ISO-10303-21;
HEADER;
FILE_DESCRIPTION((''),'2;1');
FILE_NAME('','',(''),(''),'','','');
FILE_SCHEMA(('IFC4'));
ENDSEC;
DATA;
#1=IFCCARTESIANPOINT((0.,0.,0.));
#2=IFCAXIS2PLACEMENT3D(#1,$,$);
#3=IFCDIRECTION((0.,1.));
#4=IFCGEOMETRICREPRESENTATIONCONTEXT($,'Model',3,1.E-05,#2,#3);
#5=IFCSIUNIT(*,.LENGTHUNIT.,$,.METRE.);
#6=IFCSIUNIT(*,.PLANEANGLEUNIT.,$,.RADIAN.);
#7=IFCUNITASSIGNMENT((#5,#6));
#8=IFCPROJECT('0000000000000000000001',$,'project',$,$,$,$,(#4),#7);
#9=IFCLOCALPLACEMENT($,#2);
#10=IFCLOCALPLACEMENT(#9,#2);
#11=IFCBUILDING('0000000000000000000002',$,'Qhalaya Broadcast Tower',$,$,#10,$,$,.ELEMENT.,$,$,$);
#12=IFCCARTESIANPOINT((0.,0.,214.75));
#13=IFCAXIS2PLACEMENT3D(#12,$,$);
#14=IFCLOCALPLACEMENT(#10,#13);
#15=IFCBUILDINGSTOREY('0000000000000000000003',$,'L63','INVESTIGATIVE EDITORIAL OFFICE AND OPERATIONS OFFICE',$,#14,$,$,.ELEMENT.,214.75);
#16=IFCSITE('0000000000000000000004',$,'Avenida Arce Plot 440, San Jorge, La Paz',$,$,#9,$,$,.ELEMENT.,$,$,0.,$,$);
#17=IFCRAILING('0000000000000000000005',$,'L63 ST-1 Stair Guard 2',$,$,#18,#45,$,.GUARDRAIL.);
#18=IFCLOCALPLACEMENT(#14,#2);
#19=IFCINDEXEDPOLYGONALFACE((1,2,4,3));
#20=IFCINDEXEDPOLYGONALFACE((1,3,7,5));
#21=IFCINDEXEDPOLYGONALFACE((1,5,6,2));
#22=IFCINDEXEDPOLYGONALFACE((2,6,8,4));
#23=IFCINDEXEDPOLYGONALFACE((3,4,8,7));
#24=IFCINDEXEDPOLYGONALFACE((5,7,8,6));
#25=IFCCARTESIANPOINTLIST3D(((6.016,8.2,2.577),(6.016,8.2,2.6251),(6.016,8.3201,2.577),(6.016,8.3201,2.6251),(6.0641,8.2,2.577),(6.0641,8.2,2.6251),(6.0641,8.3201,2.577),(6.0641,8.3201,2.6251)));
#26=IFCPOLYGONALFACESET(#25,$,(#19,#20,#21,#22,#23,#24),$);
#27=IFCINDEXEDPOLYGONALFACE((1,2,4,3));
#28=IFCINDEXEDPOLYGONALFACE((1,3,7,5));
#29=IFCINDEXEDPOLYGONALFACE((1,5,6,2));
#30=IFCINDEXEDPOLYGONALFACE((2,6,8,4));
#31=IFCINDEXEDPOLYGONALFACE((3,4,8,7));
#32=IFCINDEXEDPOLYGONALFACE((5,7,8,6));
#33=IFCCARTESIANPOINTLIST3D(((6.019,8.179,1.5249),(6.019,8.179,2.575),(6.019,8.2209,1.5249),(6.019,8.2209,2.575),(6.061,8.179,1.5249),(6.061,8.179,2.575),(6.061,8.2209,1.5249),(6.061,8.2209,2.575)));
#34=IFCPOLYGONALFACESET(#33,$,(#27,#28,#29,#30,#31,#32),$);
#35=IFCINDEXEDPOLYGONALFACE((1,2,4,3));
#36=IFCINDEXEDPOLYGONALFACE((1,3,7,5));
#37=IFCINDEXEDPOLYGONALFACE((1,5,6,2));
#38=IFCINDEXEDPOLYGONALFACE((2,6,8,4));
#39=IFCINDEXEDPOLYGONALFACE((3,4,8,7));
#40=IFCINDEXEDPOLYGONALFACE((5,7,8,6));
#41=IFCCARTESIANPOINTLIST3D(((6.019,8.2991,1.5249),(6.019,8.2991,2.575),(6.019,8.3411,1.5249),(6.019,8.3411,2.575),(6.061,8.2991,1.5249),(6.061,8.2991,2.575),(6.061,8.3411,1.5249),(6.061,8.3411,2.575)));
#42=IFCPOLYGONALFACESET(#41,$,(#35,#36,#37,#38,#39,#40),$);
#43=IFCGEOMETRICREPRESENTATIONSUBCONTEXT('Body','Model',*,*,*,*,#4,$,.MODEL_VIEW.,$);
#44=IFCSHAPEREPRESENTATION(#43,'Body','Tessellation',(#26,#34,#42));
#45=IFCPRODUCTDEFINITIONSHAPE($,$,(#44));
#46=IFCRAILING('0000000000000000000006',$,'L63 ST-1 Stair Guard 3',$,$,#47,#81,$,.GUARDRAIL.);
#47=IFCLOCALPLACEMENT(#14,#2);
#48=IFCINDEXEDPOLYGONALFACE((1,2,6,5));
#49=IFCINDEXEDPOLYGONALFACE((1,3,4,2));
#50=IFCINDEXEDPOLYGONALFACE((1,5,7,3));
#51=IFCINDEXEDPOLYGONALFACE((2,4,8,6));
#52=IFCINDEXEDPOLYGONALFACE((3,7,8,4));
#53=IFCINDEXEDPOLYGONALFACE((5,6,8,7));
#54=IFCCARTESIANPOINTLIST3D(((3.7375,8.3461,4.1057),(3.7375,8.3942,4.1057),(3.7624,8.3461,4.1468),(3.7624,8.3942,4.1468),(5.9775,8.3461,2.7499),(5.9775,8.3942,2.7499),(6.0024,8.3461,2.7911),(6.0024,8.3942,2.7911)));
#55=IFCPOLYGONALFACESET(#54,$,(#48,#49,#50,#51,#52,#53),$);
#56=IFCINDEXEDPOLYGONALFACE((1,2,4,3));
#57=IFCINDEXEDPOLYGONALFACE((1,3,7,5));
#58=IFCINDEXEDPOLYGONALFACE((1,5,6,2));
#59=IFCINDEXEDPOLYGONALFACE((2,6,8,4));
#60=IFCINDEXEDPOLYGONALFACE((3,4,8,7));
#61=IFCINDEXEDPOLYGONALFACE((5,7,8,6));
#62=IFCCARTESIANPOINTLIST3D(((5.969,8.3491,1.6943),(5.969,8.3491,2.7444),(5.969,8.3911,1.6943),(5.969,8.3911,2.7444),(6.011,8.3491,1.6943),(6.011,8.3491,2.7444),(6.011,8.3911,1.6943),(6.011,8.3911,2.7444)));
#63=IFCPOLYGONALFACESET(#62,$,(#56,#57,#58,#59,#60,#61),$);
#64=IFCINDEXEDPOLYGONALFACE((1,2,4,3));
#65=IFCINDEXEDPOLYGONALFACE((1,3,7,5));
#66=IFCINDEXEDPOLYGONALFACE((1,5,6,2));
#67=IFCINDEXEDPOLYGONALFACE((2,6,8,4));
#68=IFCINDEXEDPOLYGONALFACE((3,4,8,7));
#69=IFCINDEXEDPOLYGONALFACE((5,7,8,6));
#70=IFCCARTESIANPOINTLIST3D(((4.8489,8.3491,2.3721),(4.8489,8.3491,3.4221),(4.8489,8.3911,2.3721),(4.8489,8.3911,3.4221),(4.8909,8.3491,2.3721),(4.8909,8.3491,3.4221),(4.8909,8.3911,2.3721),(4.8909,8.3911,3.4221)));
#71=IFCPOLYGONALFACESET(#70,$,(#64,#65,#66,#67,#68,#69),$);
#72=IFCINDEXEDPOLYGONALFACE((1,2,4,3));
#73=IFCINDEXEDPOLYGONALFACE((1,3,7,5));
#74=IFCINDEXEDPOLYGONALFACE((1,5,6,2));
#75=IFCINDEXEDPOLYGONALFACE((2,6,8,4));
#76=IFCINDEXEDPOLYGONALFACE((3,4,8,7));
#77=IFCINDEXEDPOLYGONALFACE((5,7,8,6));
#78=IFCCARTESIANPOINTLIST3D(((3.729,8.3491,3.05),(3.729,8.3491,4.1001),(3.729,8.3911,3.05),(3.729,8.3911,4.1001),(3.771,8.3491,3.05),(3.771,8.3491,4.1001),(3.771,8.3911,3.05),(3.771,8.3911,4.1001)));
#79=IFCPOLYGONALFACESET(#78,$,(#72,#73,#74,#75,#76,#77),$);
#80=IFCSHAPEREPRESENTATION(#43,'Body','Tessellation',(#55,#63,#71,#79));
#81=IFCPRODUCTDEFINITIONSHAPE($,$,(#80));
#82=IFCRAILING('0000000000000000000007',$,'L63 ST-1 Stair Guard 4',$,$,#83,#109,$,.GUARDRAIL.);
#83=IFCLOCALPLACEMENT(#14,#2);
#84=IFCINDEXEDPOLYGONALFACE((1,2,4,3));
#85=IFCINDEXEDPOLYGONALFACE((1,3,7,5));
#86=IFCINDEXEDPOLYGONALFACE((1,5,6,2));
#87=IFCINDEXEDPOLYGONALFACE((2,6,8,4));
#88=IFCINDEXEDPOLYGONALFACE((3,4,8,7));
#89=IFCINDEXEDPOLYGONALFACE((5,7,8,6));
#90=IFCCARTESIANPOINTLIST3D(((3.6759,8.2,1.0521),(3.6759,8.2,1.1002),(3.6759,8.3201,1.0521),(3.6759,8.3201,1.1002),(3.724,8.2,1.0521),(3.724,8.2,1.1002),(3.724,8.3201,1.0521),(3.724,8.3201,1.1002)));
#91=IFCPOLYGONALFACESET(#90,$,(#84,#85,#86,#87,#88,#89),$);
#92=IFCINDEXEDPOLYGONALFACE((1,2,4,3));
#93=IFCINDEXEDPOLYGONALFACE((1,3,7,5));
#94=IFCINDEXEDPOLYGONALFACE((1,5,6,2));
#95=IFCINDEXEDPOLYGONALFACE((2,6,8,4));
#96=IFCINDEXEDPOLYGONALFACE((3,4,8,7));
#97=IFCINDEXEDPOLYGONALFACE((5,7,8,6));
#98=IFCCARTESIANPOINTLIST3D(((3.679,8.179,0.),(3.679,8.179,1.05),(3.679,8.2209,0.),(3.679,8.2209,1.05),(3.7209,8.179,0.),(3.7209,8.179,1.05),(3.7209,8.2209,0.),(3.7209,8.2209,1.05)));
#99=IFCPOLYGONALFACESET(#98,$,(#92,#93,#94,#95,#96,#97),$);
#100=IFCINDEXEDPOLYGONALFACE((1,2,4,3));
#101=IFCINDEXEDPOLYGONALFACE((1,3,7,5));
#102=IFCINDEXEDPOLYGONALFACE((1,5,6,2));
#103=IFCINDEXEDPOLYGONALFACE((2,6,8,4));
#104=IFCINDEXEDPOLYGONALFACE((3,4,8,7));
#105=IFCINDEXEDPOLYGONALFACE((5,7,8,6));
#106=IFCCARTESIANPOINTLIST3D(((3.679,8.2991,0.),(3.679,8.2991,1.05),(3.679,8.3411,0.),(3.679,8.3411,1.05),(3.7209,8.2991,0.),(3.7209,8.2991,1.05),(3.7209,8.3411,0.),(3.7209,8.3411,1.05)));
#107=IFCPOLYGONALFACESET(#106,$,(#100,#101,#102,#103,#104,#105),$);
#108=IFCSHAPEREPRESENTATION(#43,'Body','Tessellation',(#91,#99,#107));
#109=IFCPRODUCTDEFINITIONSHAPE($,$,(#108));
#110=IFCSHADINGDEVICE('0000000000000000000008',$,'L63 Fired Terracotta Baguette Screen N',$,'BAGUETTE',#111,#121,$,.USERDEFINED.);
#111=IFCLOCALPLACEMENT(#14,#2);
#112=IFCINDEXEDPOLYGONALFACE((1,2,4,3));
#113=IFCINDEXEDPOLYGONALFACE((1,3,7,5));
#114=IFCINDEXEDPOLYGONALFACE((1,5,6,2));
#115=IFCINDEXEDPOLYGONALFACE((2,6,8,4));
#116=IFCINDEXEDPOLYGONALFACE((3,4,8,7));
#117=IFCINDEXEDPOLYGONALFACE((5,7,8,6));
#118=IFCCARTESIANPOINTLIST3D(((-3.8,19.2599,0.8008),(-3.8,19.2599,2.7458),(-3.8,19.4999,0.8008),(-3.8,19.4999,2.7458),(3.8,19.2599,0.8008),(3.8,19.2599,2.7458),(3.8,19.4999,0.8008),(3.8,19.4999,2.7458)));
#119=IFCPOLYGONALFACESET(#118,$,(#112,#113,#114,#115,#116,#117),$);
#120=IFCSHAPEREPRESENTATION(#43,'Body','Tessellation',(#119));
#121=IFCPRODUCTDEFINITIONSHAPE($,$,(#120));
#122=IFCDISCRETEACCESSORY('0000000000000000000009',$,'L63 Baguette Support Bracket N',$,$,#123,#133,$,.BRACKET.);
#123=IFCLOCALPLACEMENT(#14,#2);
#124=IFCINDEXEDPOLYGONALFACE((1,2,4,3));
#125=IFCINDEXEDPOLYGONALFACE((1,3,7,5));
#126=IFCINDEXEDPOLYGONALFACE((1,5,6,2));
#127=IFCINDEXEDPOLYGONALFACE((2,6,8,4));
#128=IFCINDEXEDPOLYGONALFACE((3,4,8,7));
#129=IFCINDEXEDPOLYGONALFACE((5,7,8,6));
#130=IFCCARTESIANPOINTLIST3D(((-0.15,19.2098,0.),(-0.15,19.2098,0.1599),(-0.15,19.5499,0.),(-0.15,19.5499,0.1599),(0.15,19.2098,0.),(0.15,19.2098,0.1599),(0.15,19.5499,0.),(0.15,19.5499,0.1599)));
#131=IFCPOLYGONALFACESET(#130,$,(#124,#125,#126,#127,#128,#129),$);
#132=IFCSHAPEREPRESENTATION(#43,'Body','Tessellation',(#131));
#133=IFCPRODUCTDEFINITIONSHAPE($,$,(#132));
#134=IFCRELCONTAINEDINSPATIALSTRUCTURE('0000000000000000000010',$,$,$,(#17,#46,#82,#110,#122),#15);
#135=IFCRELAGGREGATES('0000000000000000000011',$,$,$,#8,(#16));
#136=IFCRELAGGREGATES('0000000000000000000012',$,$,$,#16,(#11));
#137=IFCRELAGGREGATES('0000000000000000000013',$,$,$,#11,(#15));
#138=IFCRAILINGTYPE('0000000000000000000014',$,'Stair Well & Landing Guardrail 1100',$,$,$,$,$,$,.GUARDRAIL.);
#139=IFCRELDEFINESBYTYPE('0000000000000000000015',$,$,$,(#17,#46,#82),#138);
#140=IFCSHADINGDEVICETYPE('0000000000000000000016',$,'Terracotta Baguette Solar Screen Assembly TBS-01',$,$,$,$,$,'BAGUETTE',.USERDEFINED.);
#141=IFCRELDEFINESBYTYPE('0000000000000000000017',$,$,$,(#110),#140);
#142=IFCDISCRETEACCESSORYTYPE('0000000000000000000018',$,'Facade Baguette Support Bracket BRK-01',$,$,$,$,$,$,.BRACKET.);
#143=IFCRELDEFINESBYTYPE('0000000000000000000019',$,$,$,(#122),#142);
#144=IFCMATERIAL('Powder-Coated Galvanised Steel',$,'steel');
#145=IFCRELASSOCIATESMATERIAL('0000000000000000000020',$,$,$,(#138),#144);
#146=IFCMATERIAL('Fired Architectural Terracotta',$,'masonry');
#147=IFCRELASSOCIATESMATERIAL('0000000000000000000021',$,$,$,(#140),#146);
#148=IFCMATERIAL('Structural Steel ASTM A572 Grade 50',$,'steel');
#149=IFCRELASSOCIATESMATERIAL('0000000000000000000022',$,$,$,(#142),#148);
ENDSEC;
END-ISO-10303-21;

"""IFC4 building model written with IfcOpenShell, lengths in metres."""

from ifc_helpers import new_model, si_unit, direction, frame, origin, origin_2d, place, context, subcontext, project, spatial, rectangle, extrude, material, type_object, element, save


model = new_model("IFC4")

# Units and contexts
model_context = context("Model", 3, precision=1e-05, world=origin(), true_north=direction((0.0, 1.0)))
body_context = subcontext(model_context, "Body", "Model", "MODEL_VIEW")
ifc_project = project(units=[si_unit("LENGTHUNIT", "METRE"), si_unit("PLANEANGLEUNIT", "RADIAN")], contexts=[model_context])

# Site, building, storey
site_placement = place(None, origin())
site = spatial("IfcSite", under=ifc_project, at=site_placement, Name="Avenida Arce Plot 440, San Jorge, La Paz", CompositionType="ELEMENT", RefElevation=0.0)
building_placement = place(site_placement, origin())
building = spatial("IfcBuilding", under=site, at=building_placement, Name="Qhalaya Broadcast Tower", CompositionType="ELEMENT")
storey_placement = place(building_placement, frame((0.0, 0.0, 214.75)))
storey = spatial("IfcBuildingStorey", under=building, at=storey_placement, Name="L63", Description="INVESTIGATIVE EDITORIAL OFFICE AND OPERATIONS OFFICE", CompositionType="ELEMENT", Elevation=214.75)

# Shared definitions
ifc_material_1 = material(Name="Structural Steel ASTM A572 Grade 50", Category="steel")

# Railings
ifc_material_2 = material(Name="Powder-Coated Galvanised Steel", Category="steel")
railing_type_1 = type_object("IfcRailingType", Name="Stair Well & Landing Guardrail 1100", PredefinedType="GUARDRAIL", material=ifc_material_2)
railing_1_placement = place(storey_placement, frame((6.04, 8.2, 1.5249)))
element("IfcRailing", 1, at=railing_1_placement, inside=storey, type_object=railing_type_1, Name="L63 ST-1 Stair Guard 2", PredefinedType="GUARDRAIL", context=body_context, shape_type="SweptSolid", body=[
    extrude(rectangle(XDim=0.0481, YDim=0.0481, at=origin_2d()), frame((0.0, 0.0, 1.0762), z_axis=(0.0, 1.0, 0.0), x_axis=(-1.0, 0.0, 0.0)), (0.0, 0.0, 1.0), 0.1201),
    extrude(rectangle(XDim=0.042, YDim=0.042, at=origin_2d()), origin(), (0.0, 0.0, 1.0), 1.05),
    extrude(rectangle(XDim=0.042, YDim=0.042, at=origin_2d()), frame((0.0, 0.1201, 0.0)), (0.0, 0.0, 1.0), 1.05),
])
railing_2_placement = place(storey_placement, frame((5.99, 8.3701, 1.6943)))
element("IfcRailing", 2, at=railing_2_placement, inside=storey, type_object=railing_type_1, Name="L63 ST-1 Stair Guard 3", PredefinedType="GUARDRAIL", context=body_context, shape_type="SweptSolid", body=[
    extrude(rectangle(XDim=0.0481, YDim=0.0481, at=origin_2d()), frame((0.0, 0.0, 1.0762), z_axis=(-0.855512, 0.0, 0.517783), x_axis=(0.0, -1.0, 0.0)), (0.0, 0.0, 1.0), 2.6184),
    extrude(rectangle(XDim=0.042, YDim=0.042, at=origin_2d()), origin(), (0.0, 0.0, 1.0), 1.05),
    extrude(rectangle(XDim=0.042, YDim=0.042, at=origin_2d()), frame((-1.1201, 0.0, 0.6777)), (0.0, 0.0, 1.0), 1.05),
    extrude(rectangle(XDim=0.042, YDim=0.042, at=origin_2d()), frame((-2.24, 0.0, 1.3557)), (0.0, 0.0, 1.0), 1.05),
])
railing_3_placement = place(storey_placement, frame((3.7, 8.2, 0.0)))
element("IfcRailing", 3, at=railing_3_placement, inside=storey, type_object=railing_type_1, Name="L63 ST-1 Stair Guard 4", PredefinedType="GUARDRAIL", context=body_context, shape_type="SweptSolid", body=[
    extrude(rectangle(XDim=0.0481, YDim=0.0481, at=origin_2d()), frame((0.0, 0.0, 1.0762), z_axis=(0.0, 1.0, 0.0), x_axis=(-1.0, 0.0, 0.0)), (0.0, 0.0, 1.0), 0.1201),
    extrude(rectangle(XDim=0.042, YDim=0.042, at=origin_2d()), origin(), (0.0, 0.0, 1.0), 1.05),
    extrude(rectangle(XDim=0.042, YDim=0.042, at=origin_2d()), frame((0.0, 0.1201, 0.0)), (0.0, 0.0, 1.0), 1.05),
])

# Shading device
ifc_material_3 = material(Name="Fired Architectural Terracotta", Category="masonry")
shading_device_type = type_object("IfcShadingDeviceType", Name="Terracotta Baguette Solar Screen Assembly TBS-01", ElementType="BAGUETTE", PredefinedType="USERDEFINED", material=ifc_material_3)
shading_device_placement = place(storey_placement, frame((0.0, 19.3799, 0.8008), z_axis=(0.0, 0.0, 1.0), x_axis=(-1.0, 0.0, 0.0)))
element("IfcShadingDevice", 4, at=shading_device_placement, inside=storey, type_object=shading_device_type, Name="L63 Fired Terracotta Baguette Screen N", ObjectType="BAGUETTE", PredefinedType="USERDEFINED", context=body_context, shape_type="SweptSolid", body=[
    extrude(rectangle(XDim=7.6001, YDim=0.24, at=origin_2d()), origin(), (0.0, 0.0, 1.0), 1.9451),
])

# Discrete accessory
discrete_accessory_type = type_object("IfcDiscreteAccessoryType", Name="Facade Baguette Support Bracket BRK-01", PredefinedType="BRACKET", material=ifc_material_1)
discrete_accessory_placement = place(storey_placement, frame((0.0, 19.3799, 0.0), z_axis=(0.0, 0.0, 1.0), x_axis=(-1.0, 0.0, 0.0)))
element("IfcDiscreteAccessory", 5, at=discrete_accessory_placement, inside=storey, type_object=discrete_accessory_type, Name="L63 Baguette Support Bracket N", PredefinedType="BRACKET", context=body_context, shape_type="SweptSolid", body=[
    extrude(rectangle(XDim=0.3, YDim=0.3401, at=origin_2d()), origin(), (0.0, 0.0, 1.0), 0.1599),
])

save(model, "model.ifc")
